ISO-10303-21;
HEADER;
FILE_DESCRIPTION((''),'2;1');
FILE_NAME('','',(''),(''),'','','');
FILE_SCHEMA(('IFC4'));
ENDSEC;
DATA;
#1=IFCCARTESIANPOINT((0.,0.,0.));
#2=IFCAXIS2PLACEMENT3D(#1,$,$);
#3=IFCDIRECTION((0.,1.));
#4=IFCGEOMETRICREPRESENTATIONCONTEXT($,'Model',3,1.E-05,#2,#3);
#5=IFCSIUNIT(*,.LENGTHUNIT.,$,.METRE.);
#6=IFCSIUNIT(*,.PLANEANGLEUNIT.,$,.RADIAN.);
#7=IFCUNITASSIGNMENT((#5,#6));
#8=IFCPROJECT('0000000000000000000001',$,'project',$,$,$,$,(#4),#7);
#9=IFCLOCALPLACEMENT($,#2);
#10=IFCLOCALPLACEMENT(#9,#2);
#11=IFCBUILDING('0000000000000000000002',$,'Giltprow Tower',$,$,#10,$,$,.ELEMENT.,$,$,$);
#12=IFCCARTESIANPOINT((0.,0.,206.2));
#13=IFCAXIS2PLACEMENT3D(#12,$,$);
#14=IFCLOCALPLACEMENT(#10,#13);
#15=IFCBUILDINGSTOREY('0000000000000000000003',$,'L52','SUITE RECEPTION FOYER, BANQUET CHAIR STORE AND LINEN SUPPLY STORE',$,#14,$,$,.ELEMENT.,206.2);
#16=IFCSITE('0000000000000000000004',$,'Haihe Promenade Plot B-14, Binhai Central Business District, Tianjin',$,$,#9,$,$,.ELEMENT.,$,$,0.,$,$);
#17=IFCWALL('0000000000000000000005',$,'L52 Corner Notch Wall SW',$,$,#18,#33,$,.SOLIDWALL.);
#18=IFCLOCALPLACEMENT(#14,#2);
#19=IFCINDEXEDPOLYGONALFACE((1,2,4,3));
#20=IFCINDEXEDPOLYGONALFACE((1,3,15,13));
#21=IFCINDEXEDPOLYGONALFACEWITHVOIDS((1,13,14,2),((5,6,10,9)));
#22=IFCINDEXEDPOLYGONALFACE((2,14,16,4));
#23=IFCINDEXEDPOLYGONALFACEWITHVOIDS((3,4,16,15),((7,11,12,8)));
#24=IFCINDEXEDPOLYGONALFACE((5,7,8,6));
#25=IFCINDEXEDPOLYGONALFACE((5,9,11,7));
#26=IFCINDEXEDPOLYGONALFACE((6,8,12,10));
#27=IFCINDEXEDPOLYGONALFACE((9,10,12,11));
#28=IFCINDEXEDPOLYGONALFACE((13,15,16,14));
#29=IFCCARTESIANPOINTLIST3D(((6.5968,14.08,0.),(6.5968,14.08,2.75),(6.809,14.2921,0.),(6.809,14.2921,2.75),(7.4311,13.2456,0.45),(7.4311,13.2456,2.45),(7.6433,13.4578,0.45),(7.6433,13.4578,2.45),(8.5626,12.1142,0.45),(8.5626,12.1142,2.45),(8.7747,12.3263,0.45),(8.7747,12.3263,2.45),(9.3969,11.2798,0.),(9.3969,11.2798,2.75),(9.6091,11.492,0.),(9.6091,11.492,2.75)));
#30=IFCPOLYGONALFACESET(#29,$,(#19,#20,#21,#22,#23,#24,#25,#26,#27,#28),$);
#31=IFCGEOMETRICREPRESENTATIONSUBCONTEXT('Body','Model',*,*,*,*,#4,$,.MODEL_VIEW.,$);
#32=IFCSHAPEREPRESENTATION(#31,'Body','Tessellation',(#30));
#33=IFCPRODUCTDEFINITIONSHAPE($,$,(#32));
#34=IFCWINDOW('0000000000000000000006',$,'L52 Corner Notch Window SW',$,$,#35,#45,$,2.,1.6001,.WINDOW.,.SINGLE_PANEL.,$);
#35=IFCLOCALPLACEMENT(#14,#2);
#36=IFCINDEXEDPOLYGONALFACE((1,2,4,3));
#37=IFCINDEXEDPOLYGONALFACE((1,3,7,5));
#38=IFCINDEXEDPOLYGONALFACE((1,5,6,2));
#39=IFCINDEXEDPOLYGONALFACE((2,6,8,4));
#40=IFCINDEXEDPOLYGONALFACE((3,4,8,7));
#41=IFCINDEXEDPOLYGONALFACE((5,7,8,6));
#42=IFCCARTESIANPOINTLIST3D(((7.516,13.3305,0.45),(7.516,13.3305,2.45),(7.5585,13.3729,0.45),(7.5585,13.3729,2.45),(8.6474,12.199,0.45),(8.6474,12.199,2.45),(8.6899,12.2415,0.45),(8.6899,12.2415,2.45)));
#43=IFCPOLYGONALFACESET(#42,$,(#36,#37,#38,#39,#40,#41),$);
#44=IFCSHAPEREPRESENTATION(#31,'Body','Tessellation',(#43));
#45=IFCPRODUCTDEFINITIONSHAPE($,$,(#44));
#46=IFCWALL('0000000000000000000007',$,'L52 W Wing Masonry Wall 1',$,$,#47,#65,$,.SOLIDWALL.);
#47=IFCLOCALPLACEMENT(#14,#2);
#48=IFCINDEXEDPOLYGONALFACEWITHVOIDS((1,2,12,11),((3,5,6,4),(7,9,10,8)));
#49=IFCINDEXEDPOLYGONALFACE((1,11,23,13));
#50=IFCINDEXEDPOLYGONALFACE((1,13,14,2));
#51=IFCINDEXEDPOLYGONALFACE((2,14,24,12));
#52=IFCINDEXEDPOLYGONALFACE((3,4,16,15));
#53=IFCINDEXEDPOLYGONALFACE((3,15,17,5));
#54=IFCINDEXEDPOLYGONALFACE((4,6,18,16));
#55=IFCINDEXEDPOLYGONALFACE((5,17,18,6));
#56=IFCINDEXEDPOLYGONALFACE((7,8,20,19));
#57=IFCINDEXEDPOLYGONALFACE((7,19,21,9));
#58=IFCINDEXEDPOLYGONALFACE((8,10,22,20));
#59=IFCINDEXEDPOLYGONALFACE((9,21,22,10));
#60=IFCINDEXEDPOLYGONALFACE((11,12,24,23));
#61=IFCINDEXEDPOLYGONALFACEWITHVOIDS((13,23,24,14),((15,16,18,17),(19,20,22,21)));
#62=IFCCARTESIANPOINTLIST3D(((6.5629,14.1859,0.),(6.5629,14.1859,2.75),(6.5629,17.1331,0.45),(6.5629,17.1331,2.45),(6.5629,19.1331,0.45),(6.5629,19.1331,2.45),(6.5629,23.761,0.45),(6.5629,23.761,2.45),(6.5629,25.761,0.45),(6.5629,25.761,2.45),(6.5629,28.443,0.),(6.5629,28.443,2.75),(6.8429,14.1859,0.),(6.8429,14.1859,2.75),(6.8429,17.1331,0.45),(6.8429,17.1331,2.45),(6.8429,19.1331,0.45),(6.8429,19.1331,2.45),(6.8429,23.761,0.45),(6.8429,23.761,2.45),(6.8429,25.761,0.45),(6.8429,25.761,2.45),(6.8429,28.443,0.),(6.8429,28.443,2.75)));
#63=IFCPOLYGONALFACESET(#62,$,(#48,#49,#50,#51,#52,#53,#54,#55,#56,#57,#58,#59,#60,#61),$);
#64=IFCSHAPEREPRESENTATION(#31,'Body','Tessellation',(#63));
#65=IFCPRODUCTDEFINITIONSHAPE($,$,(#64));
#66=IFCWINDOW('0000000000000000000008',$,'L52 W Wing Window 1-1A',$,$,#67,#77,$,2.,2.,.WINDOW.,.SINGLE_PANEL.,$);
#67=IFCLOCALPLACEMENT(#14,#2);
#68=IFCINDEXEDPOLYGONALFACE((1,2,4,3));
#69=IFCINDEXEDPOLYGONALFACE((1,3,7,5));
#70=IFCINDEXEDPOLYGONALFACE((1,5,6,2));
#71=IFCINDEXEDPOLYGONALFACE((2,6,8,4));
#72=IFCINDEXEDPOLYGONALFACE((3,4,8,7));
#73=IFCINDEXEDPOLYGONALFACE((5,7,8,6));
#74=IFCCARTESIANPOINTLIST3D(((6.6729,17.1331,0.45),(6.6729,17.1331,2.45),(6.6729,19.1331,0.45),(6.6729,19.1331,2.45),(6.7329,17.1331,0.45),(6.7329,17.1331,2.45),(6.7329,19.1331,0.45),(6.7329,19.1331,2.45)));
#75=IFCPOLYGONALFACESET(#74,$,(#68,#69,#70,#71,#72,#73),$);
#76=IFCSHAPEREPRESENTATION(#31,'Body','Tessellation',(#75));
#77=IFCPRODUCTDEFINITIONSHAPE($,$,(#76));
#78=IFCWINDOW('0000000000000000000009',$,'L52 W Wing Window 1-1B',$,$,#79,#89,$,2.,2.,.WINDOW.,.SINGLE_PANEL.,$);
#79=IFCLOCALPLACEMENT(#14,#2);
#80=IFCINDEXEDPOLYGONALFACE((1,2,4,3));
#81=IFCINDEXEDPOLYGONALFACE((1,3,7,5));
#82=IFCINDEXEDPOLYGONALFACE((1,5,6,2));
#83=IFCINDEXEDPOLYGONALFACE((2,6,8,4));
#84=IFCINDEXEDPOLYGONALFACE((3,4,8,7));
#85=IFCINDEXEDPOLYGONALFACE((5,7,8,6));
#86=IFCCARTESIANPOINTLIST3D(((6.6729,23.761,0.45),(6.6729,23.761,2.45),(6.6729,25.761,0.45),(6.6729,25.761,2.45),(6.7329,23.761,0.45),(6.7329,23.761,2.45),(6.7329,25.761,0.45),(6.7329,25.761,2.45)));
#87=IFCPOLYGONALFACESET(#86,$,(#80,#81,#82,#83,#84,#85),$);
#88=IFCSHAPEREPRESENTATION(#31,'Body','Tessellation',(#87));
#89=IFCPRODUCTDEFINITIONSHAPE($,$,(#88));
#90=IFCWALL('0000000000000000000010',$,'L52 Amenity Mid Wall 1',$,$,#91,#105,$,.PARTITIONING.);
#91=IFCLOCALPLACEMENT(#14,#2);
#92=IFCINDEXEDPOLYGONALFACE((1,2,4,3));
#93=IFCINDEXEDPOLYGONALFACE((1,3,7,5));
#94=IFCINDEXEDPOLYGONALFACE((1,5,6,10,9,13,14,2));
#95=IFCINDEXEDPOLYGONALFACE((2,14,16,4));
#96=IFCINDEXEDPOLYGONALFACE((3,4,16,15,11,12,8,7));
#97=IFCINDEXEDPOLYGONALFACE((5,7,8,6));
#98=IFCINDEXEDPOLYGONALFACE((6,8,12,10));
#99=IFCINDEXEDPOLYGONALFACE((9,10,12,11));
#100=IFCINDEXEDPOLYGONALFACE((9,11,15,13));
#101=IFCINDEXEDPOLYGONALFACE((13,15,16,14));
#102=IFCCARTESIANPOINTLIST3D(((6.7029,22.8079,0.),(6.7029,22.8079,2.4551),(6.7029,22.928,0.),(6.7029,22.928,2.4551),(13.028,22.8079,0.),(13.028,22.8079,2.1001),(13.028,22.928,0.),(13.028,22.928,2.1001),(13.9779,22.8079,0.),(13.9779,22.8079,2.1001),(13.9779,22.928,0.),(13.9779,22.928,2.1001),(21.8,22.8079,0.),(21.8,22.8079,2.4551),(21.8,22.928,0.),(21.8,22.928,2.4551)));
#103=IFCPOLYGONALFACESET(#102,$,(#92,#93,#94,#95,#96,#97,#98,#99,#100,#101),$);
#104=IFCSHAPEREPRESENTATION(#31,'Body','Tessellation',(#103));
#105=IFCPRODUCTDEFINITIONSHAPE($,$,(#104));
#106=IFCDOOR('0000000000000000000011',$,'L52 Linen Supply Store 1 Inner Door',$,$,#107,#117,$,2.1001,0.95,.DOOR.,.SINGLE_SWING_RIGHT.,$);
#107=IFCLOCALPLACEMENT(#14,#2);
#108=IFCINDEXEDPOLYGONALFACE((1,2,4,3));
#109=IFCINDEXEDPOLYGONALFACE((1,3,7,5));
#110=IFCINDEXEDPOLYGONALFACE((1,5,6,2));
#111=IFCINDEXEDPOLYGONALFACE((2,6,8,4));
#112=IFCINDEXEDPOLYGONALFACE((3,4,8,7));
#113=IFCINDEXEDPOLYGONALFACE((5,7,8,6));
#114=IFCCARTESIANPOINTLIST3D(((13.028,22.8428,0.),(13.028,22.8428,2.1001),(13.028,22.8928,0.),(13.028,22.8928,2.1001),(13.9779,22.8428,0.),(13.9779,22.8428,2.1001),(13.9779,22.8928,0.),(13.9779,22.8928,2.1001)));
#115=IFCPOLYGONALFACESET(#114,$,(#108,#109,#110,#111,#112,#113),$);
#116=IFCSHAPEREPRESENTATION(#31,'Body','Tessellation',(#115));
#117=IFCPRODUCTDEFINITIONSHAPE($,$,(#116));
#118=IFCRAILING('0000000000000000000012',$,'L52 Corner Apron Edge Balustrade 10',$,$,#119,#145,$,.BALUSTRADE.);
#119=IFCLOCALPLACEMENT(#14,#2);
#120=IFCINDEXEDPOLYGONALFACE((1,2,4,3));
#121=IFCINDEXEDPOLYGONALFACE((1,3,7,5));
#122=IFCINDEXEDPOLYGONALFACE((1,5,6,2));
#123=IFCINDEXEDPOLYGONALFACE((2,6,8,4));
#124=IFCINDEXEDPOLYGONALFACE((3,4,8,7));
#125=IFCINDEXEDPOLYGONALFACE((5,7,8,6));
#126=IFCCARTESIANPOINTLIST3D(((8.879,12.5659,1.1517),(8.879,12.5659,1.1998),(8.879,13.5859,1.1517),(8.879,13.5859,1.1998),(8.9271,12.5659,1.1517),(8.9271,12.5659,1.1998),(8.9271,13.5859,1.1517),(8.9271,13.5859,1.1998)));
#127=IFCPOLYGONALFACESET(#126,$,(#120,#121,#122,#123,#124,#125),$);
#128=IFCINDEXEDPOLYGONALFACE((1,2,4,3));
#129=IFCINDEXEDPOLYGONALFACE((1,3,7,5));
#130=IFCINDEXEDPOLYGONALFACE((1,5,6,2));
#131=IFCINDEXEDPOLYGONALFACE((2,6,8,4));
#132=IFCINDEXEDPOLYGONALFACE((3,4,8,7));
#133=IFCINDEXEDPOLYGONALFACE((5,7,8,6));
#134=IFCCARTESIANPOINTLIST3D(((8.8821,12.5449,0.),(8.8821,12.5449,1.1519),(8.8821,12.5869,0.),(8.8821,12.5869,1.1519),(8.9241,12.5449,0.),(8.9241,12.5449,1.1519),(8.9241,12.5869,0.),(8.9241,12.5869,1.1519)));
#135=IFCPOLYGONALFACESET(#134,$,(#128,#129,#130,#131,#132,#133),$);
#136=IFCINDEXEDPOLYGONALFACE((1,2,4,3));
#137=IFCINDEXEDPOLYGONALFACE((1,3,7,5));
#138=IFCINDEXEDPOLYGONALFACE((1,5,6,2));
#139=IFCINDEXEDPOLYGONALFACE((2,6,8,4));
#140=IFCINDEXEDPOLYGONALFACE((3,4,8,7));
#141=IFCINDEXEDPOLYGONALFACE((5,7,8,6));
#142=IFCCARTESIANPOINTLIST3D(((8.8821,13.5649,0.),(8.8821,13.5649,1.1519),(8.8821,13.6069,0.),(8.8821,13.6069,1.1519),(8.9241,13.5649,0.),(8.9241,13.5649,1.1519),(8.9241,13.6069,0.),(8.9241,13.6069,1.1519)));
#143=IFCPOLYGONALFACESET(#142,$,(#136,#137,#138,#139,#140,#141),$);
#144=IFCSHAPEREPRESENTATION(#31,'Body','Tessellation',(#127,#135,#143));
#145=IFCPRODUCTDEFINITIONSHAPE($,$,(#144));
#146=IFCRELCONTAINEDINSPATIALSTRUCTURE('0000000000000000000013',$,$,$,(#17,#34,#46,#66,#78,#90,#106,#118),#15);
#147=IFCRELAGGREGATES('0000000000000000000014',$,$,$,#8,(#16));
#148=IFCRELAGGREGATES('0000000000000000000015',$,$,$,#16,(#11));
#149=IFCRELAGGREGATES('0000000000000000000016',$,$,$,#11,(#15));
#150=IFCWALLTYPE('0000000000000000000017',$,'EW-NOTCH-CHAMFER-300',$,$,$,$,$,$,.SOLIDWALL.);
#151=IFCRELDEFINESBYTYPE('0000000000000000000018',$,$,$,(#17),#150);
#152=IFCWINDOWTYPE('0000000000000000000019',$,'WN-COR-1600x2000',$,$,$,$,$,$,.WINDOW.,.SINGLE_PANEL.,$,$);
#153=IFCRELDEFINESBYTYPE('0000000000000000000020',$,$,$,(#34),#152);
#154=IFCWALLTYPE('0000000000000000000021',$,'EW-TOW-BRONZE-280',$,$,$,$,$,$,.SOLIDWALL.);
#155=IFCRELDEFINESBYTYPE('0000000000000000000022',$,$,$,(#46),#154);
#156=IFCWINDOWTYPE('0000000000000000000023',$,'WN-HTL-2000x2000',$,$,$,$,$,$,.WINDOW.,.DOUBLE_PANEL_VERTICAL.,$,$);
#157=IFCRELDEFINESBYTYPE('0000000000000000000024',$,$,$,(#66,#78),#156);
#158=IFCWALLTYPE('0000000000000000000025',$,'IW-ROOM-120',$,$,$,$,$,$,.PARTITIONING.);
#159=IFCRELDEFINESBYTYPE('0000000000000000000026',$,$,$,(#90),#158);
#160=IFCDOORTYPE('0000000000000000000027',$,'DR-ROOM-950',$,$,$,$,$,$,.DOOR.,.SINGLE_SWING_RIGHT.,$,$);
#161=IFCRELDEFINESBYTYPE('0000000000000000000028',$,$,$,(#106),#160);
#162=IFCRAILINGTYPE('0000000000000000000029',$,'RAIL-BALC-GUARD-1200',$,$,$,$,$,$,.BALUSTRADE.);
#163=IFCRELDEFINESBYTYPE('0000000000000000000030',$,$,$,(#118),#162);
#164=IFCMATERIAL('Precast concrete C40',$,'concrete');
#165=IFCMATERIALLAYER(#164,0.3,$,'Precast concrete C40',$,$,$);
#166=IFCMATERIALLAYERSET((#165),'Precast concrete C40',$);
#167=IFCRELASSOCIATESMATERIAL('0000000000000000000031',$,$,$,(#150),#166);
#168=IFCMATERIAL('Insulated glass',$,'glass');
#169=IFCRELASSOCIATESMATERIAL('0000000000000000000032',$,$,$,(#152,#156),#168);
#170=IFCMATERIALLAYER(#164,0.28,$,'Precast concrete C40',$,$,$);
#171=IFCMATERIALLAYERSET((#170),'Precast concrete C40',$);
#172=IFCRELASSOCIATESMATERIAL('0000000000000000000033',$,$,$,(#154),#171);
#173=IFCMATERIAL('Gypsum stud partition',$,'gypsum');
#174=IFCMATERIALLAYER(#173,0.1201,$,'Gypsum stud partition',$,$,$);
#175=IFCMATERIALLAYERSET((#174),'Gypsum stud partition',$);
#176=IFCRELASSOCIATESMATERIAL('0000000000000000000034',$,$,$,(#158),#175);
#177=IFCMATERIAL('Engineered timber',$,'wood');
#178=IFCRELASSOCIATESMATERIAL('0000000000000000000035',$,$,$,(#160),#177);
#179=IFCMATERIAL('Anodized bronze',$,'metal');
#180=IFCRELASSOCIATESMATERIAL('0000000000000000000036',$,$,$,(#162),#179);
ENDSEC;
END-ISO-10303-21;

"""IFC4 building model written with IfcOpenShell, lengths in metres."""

from ifc_helpers import new_model, si_unit, direction, frame, frame_2d, origin, origin_2d, place, context, subcontext, project, spatial, rectangle, extrude, source, transform, mapped, material, layer, layer_set, type_object, element, fill, save


model = new_model("IFC4")

# Units and contexts
model_context = context("Model", 3, precision=1e-05, world=origin(), true_north=direction((0.0, 1.0)))
body_context = subcontext(model_context, "Body", "Model", "MODEL_VIEW")
ifc_project = project(units=[si_unit("LENGTHUNIT", "METRE"), si_unit("PLANEANGLEUNIT", "RADIAN")], contexts=[model_context])

# Site, building, storey
site_placement = place(None, origin())
site = spatial("IfcSite", under=ifc_project, at=site_placement, Name="Haihe Promenade Plot B-14, Binhai Central Business District, Tianjin", CompositionType="ELEMENT", RefElevation=0.0)
building_placement = place(site_placement, origin())
building = spatial("IfcBuilding", under=site, at=building_placement, Name="Giltprow Tower", CompositionType="ELEMENT")
storey_placement = place(building_placement, frame((0.0, 0.0, 206.2)))
storey = spatial("IfcBuildingStorey", under=building, at=storey_placement, Name="L52", Description="SUITE RECEPTION FOYER, BANQUET CHAIR STORE AND LINEN SUPPLY STORE", CompositionType="ELEMENT", Elevation=206.2)

# Shared definitions
ifc_material_1 = material(Name="Anodized bronze", Category="metal")
ifc_material_2 = material(Name="Insulated glass", Category="glass")

# Wall, opening, window
ifc_material_3 = material(Name="Precast concrete C40", Category="concrete")
ifc_layer_1 = layer(ifc_material_3, 0.3, Name="Precast concrete C40")
ifc_layer_set_1 = layer_set([ifc_layer_1], Name="Precast concrete C40")
wall_type_1 = type_object("IfcWallType", Name="EW-NOTCH-CHAMFER-300", PredefinedType="SOLIDWALL", material=ifc_layer_set_1)
wall_1_placement = place(storey_placement, frame((6.7029, 14.186, 0.0), z_axis=(0.0, 0.0, 1.0), x_axis=(0.707107, -0.707107, 0.0)))
wall_1 = element("IfcWall", 1, at=wall_1_placement, inside=storey, type_object=wall_type_1, Name="L52 Corner Notch Wall SW", PredefinedType="SOLIDWALL", context=body_context, shape_type="SweptSolid", body=[
    extrude(rectangle(XDim=3.96, YDim=0.3, at=frame_2d((1.98, 0.0))), origin(), (0.0, 0.0, 1.0), 2.75),
])
opening_1_placement = place(wall_1_placement, frame((1.1799, 0.0, 0.45)))
opening_1 = element("IfcOpeningElement", 2, at=opening_1_placement, cuts=wall_1, PredefinedType="OPENING", context=body_context, shape_type="SweptSolid", body=[
    extrude(rectangle(XDim=1.6001, YDim=2.0, at=frame_2d((0.8, 1.0))), frame((0.0, 0.1599, 0.0), z_axis=(0.0, -1.0, 0.0), x_axis=(1.0, 0.0, 0.0)), (0.0, 0.0, 1.0), 0.3201),
])
window_type_1 = type_object("IfcWindowType", Name="WN-COR-1600x2000", PartitioningType="SINGLE_PANEL", PredefinedType="WINDOW", material=ifc_material_2)
shared_shape_1 = source(origin(), body_context, "Body", "SweptSolid", [
    extrude(rectangle(XDim=1.6001, YDim=2.0, at=frame_2d((0.8, 1.0))), frame((0.0, 0.03, 0.0), z_axis=(0.0, -1.0, 0.0), x_axis=(1.0, 0.0, 0.0)), (0.0, 0.0, 1.0), 0.0601),
])
window_1_placement = place(opening_1_placement, origin())
window_1 = element("IfcWindow", 3, at=window_1_placement, inside=storey, type_object=window_type_1, Name="L52 Corner Notch Window SW", OverallHeight=2.0, OverallWidth=1.6001, PartitioningType="SINGLE_PANEL", PredefinedType="WINDOW", context=body_context, shape_type="MappedRepresentation", body=[
    mapped(shared_shape_1, transform((0.0, 0.0, 0.0), x_axis=(1.0, 0.0, 0.0), y_axis=(0.0, 1.0, 0.0), z_axis=(0.0, 0.0, 1.0), scale=1.0)),
])
fill(opening_1, window_1)

# Wall, openings, windows
ifc_layer_2 = layer(ifc_material_3, 0.28, Name="Precast concrete C40")
ifc_layer_set_2 = layer_set([ifc_layer_2], Name="Precast concrete C40")
wall_type_2 = type_object("IfcWallType", Name="EW-TOW-BRONZE-280", PredefinedType="SOLIDWALL", material=ifc_layer_set_2)
wall_2_placement = place(storey_placement, frame((6.7029, 14.186, 0.0), z_axis=(0.0, 0.0, 1.0), x_axis=(0.0, 1.0, 0.0)))
wall_2 = element("IfcWall", 4, at=wall_2_placement, inside=storey, type_object=wall_type_2, Name="L52 W Wing Masonry Wall 1", PredefinedType="SOLIDWALL", context=body_context, shape_type="SweptSolid", body=[
    extrude(rectangle(XDim=14.2571, YDim=0.28, at=frame_2d((7.1284, 0.0))), origin(), (0.0, 0.0, 1.0), 2.75),
])
opening_2_placement = place(wall_2_placement, frame((2.947, 0.0, 0.45)))
opening_2 = element("IfcOpeningElement", 5, at=opening_2_placement, cuts=wall_2, PredefinedType="OPENING", context=body_context, shape_type="SweptSolid", body=[
    extrude(rectangle(XDim=2.0, YDim=2.0, at=frame_2d((1.0, 1.0))), frame((0.0, 0.1499, 0.0), z_axis=(0.0, -1.0, 0.0), x_axis=(1.0, 0.0, 0.0)), (0.0, 0.0, 1.0), 0.3),
])
opening_3_placement = place(wall_2_placement, frame((9.575, 0.0, 0.45)))
opening_3 = element("IfcOpeningElement", 6, at=opening_3_placement, cuts=wall_2, PredefinedType="OPENING", context=body_context, shape_type="SweptSolid", body=[
    extrude(rectangle(XDim=2.0, YDim=2.0, at=frame_2d((1.0, 1.0))), frame((0.0, 0.1499, 0.0), z_axis=(0.0, -1.0, 0.0), x_axis=(1.0, 0.0, 0.0)), (0.0, 0.0, 1.0), 0.3),
])
window_type_2 = type_object("IfcWindowType", Name="WN-HTL-2000x2000", PartitioningType="DOUBLE_PANEL_VERTICAL", PredefinedType="WINDOW", material=ifc_material_2)
shared_shape_2 = source(origin(), body_context, "Body", "SweptSolid", [
    extrude(rectangle(XDim=2.0, YDim=2.0, at=frame_2d((1.0, 1.0))), frame((0.0, 0.03, 0.0), z_axis=(0.0, -1.0, 0.0), x_axis=(1.0, 0.0, 0.0)), (0.0, 0.0, 1.0), 0.0601),
])
window_2_placement = place(opening_2_placement, origin())
window_2 = element("IfcWindow", 7, at=window_2_placement, inside=storey, type_object=window_type_2, Name="L52 W Wing Window 1-1A", OverallHeight=2.0, OverallWidth=2.0, PartitioningType="SINGLE_PANEL", PredefinedType="WINDOW", context=body_context, shape_type="MappedRepresentation", body=[
    mapped(shared_shape_2, transform((0.0, 0.0, 0.0), x_axis=(1.0, 0.0, 0.0), y_axis=(0.0, 1.0, 0.0), z_axis=(0.0, 0.0, 1.0), scale=1.0)),
])
fill(opening_2, window_2)
window_3_placement = place(opening_3_placement, origin())
window_3 = element("IfcWindow", 8, at=window_3_placement, inside=storey, type_object=window_type_2, Name="L52 W Wing Window 1-1B", OverallHeight=2.0, OverallWidth=2.0, PartitioningType="SINGLE_PANEL", PredefinedType="WINDOW", context=body_context, shape_type="MappedRepresentation", body=[
    mapped(shared_shape_2, transform((0.0, 0.0, 0.0), x_axis=(1.0, 0.0, 0.0), y_axis=(0.0, 1.0, 0.0), z_axis=(0.0, 0.0, 1.0), scale=1.0)),
])
fill(opening_3, window_3)

# Wall, opening, door
ifc_material_4 = material(Name="Gypsum stud partition", Category="gypsum")
ifc_layer_3 = layer(ifc_material_4, 0.1201, Name="Gypsum stud partition")
ifc_layer_set_3 = layer_set([ifc_layer_3], Name="Gypsum stud partition")
wall_type_3 = type_object("IfcWallType", Name="IW-ROOM-120", PredefinedType="PARTITIONING", material=ifc_layer_set_3)
wall_3_placement = place(storey_placement, frame((6.7029, 22.8679, 0.0), z_axis=(0.0, 0.0, 1.0), x_axis=(1.0, 0.0, 0.0)))
wall_3 = element("IfcWall", 9, at=wall_3_placement, inside=storey, type_object=wall_type_3, Name="L52 Amenity Mid Wall 1", PredefinedType="PARTITIONING", context=body_context, shape_type="SweptSolid", body=[
    extrude(rectangle(XDim=15.0972, YDim=0.1201, at=frame_2d((7.5486, 0.0))), origin(), (0.0, 0.0, 1.0), 2.4551),
])
opening_4_placement = place(wall_3_placement, frame((6.325, 0.0, 0.0)))
opening_4 = element("IfcOpeningElement", 10, at=opening_4_placement, cuts=wall_3, PredefinedType="OPENING", context=body_context, shape_type="SweptSolid", body=[
    extrude(rectangle(XDim=0.95, YDim=2.1001, at=frame_2d((0.4751, 1.05))), frame((0.0, 0.0701, 0.0), z_axis=(0.0, -1.0, 0.0), x_axis=(1.0, 0.0, 0.0)), (0.0, 0.0, 1.0), 0.1401),
])
ifc_material_5 = material(Name="Engineered timber", Category="wood")
door_type = type_object("IfcDoorType", Name="DR-ROOM-950", OperationType="SINGLE_SWING_RIGHT", PredefinedType="DOOR", material=ifc_material_5)
shared_shape_3 = source(origin(), body_context, "Body", "SweptSolid", [
    extrude(rectangle(XDim=0.95, YDim=2.1001, at=frame_2d((0.4751, 1.05))), frame((0.0, 0.0249, 0.0), z_axis=(0.0, -1.0, 0.0), x_axis=(1.0, 0.0, 0.0)), (0.0, 0.0, 1.0), 0.05),
])
door_placement = place(opening_4_placement, origin())
door = element("IfcDoor", 11, at=door_placement, inside=storey, type_object=door_type, Name="L52 Linen Supply Store 1 Inner Door", OperationType="SINGLE_SWING_RIGHT", OverallHeight=2.1001, OverallWidth=0.95, PredefinedType="DOOR", context=body_context, shape_type="MappedRepresentation", body=[
    mapped(shared_shape_3, transform((0.0, 0.0, 0.0), x_axis=(1.0, 0.0, 0.0), y_axis=(0.0, 1.0, 0.0), z_axis=(0.0, 0.0, 1.0), scale=1.0)),
])
fill(opening_4, door)

# Railing
railing_type = type_object("IfcRailingType", Name="RAIL-BALC-GUARD-1200", PredefinedType="BALUSTRADE", material=ifc_material_1)
railing_1_placement = place(storey_placement, frame((8.9031, 12.5659, 0.0)))
element("IfcRailing", 12, at=railing_1_placement, inside=storey, type_object=railing_type, Name="L52 Corner Apron Edge Balustrade 10", PredefinedType="BALUSTRADE", context=body_context, shape_type="SweptSolid", body=[
    extrude(rectangle(XDim=0.0481, YDim=0.0481, at=origin_2d()), frame((0.0, 0.0, 1.1758), z_axis=(0.0, 1.0, 0.0), x_axis=(-1.0, 0.0, 0.0)), (0.0, 0.0, 1.0), 1.02),
    extrude(rectangle(XDim=0.042, YDim=0.042, at=origin_2d()), origin(), (0.0, 0.0, 1.0), 1.1519),
    extrude(rectangle(XDim=0.042, YDim=0.042, at=origin_2d()), frame((0.0, 1.02, 0.0)), (0.0, 0.0, 1.0), 1.1519),
])

save(model, "model.ifc")
